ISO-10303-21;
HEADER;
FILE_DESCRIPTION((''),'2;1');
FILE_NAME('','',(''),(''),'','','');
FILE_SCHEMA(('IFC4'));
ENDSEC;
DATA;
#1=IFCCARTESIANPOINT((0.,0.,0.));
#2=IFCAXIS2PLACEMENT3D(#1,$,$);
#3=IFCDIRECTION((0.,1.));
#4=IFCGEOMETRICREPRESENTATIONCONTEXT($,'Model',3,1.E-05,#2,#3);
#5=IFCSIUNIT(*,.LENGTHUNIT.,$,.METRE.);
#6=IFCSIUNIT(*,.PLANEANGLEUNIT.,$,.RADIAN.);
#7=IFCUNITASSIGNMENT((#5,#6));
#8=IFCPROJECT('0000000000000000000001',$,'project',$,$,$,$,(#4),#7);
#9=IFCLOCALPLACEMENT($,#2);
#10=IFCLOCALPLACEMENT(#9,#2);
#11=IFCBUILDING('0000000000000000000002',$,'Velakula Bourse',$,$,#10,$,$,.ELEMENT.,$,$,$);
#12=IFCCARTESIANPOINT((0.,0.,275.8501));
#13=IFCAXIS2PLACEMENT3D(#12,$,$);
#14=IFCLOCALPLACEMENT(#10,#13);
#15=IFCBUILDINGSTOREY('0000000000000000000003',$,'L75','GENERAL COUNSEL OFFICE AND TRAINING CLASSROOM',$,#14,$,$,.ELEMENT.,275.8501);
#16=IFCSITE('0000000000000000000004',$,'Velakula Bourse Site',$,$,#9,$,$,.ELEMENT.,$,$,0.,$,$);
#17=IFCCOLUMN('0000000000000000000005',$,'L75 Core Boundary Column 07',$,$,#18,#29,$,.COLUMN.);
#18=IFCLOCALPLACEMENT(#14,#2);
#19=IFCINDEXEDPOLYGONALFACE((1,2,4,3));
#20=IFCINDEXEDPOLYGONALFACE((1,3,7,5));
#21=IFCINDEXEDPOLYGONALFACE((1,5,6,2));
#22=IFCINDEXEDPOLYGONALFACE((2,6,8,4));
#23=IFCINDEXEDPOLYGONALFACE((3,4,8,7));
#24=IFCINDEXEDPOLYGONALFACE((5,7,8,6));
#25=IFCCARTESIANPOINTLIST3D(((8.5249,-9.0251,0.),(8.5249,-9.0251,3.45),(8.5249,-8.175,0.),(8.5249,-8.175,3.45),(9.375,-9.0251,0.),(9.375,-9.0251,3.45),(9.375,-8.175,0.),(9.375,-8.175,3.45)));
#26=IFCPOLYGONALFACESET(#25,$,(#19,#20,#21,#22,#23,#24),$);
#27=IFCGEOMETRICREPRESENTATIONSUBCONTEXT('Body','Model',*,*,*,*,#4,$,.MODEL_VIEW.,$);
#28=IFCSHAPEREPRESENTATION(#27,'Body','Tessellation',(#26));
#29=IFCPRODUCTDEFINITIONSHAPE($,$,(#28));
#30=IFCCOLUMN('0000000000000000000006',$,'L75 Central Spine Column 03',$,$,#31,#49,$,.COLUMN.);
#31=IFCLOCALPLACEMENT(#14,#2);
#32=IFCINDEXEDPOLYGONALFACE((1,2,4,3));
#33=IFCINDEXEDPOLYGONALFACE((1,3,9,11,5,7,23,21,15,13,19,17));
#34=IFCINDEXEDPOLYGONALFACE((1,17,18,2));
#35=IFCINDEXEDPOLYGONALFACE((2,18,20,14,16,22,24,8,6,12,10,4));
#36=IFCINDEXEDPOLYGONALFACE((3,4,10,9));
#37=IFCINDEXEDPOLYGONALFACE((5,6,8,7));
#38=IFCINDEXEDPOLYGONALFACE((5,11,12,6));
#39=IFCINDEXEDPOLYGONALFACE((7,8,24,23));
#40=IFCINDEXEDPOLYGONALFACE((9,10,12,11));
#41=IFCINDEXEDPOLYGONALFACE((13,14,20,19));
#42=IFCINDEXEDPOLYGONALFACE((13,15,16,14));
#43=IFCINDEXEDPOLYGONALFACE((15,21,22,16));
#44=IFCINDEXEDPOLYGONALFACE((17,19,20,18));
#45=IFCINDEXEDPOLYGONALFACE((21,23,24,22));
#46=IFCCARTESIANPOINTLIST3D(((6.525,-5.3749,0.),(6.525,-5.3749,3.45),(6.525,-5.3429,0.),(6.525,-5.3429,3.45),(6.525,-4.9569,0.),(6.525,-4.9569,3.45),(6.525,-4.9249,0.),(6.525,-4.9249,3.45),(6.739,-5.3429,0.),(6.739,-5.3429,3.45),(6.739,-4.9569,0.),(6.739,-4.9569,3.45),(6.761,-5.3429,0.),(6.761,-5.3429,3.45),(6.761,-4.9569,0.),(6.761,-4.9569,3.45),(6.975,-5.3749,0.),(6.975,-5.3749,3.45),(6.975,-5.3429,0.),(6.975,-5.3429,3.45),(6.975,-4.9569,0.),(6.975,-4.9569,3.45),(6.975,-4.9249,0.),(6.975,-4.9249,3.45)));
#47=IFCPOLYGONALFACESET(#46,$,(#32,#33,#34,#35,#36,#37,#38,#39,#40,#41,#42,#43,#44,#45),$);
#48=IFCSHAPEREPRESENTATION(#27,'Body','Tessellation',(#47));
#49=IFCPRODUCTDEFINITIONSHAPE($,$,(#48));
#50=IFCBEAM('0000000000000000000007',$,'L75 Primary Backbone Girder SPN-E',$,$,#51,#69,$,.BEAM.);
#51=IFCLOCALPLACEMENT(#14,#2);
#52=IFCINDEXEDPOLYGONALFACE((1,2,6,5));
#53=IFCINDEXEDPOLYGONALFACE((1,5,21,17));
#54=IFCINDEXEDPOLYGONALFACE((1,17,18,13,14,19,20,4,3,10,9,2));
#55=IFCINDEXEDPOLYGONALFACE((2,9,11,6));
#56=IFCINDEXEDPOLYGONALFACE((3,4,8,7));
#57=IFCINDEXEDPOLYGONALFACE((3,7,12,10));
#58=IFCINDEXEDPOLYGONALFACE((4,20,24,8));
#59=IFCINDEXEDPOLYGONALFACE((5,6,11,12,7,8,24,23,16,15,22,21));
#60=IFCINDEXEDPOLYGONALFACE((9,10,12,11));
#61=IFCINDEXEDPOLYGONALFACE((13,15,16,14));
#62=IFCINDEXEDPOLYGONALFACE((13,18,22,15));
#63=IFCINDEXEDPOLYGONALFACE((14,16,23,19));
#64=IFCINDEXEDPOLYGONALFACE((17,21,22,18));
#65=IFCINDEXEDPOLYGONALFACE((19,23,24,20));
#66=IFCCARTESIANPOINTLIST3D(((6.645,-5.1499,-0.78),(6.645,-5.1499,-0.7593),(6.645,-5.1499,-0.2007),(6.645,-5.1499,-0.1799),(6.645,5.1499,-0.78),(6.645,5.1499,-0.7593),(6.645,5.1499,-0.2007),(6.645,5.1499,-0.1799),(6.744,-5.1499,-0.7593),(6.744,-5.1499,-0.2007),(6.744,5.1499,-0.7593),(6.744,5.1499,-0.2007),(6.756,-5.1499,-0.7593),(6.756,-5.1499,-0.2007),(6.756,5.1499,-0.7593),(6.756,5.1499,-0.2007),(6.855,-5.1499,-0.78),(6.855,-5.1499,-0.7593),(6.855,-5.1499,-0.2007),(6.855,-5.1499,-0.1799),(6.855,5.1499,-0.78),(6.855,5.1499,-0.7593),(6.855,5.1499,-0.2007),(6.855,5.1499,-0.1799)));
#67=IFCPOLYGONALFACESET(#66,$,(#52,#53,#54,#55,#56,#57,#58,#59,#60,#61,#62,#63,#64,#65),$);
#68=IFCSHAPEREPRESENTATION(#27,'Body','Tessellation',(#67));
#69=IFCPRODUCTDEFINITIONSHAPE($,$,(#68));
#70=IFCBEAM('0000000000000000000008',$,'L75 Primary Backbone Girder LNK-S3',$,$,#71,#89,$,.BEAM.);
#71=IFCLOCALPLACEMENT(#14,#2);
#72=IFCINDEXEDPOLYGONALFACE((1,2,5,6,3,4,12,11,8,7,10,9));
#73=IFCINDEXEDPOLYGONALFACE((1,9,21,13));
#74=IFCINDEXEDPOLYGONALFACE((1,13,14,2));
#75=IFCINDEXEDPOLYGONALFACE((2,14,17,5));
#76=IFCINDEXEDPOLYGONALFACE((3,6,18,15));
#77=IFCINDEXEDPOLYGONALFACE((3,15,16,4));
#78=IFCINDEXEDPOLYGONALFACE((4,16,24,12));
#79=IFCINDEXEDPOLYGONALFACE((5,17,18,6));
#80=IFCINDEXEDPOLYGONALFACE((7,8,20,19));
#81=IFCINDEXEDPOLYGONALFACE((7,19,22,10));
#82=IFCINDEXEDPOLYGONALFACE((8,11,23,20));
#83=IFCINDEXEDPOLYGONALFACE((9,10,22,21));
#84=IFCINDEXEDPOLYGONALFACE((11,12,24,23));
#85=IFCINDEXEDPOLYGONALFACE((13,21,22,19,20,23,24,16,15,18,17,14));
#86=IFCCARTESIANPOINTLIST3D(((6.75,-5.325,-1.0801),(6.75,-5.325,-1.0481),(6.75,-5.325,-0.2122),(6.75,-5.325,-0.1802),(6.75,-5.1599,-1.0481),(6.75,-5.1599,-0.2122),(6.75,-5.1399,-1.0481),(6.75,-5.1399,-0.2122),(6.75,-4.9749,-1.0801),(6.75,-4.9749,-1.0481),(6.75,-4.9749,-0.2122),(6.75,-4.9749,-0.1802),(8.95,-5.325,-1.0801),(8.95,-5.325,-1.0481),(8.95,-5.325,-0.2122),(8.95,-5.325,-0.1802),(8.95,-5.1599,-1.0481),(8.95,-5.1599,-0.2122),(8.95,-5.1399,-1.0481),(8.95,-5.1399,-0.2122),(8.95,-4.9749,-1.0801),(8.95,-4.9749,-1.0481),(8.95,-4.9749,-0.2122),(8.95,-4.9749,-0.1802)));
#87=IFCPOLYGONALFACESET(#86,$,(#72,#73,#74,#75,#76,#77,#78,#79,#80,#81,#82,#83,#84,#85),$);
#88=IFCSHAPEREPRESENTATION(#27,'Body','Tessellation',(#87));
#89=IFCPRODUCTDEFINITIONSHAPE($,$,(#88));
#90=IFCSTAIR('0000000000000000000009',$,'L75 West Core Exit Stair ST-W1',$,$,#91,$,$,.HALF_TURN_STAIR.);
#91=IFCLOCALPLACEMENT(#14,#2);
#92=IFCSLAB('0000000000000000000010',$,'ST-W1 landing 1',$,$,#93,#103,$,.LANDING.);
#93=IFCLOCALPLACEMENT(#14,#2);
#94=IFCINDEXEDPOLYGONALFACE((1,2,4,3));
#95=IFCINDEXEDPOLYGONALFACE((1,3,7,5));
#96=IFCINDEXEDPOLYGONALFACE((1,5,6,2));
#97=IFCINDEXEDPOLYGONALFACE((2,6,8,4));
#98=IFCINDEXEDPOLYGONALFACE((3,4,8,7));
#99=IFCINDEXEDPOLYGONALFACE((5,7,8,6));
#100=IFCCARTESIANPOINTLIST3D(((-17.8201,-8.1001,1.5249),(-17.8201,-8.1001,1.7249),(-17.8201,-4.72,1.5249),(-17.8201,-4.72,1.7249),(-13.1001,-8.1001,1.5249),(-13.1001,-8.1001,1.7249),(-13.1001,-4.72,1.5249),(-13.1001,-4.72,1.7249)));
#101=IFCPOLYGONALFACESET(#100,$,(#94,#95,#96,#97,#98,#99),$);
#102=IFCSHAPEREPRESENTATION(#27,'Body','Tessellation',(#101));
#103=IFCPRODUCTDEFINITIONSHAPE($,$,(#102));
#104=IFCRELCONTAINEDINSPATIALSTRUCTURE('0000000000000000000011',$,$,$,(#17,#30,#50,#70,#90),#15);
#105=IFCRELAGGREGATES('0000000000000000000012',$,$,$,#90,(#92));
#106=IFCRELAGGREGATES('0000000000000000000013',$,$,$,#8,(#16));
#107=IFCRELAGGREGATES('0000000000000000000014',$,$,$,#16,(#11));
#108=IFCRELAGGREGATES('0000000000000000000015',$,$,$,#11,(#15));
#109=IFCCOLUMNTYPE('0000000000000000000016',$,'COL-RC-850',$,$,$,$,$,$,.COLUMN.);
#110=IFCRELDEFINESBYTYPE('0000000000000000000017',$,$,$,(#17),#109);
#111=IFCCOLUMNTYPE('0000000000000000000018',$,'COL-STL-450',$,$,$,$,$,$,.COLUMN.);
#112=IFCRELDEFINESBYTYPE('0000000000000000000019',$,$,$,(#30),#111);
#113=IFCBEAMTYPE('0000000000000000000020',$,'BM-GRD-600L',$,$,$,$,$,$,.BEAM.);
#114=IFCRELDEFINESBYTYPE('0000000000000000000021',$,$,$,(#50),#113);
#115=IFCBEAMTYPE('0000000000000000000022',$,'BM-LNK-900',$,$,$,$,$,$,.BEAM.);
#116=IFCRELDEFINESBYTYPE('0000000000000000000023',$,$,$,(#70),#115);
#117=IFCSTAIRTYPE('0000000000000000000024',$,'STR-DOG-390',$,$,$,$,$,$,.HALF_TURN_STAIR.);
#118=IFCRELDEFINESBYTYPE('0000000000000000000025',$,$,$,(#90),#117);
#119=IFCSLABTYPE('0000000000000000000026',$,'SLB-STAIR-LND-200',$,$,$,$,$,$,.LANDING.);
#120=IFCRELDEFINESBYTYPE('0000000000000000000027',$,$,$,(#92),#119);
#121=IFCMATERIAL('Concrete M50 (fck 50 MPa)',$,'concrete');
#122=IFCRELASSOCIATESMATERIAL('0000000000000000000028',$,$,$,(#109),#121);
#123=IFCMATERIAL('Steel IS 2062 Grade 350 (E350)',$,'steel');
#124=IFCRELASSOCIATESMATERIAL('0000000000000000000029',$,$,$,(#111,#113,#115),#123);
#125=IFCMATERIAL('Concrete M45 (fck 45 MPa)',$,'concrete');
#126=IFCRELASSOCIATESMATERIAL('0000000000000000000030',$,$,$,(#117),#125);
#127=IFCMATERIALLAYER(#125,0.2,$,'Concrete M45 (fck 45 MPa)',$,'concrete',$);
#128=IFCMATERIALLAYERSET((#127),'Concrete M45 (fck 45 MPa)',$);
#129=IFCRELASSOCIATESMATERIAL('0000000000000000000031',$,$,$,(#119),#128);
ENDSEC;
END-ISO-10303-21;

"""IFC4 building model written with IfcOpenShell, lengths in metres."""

from ifc_helpers import new_model, si_unit, direction, frame, origin, origin_2d, place, context, subcontext, project, spatial, polyline, rectangle, i_section, outline, extrude, material, layer, layer_set, material_profile, profile_set, type_object, element, aggregate, save


model = new_model("IFC4")

# Units and contexts
model_context = context("Model", 3, precision=1e-05, world=origin(), true_north=direction((0.0, 1.0)))
body_context = subcontext(model_context, "Body", "Model", "MODEL_VIEW")
ifc_project = project(units=[si_unit("LENGTHUNIT", "METRE"), si_unit("PLANEANGLEUNIT", "RADIAN")], contexts=[model_context])

# Site, building, storey
site_placement = place(None, origin())
site = spatial("IfcSite", under=ifc_project, at=site_placement, Name="Velakula Bourse Site", CompositionType="ELEMENT", RefElevation=0.0)
building_placement = place(site_placement, origin())
building = spatial("IfcBuilding", under=site, at=building_placement, Name="Velakula Bourse", CompositionType="ELEMENT")
storey_placement = place(building_placement, frame((0.0, 0.0, 275.8501)))
storey = spatial("IfcBuildingStorey", under=building, at=storey_placement, Name="L75", Description="GENERAL COUNSEL OFFICE AND TRAINING CLASSROOM", CompositionType="ELEMENT", Elevation=275.8501)

# Columns
ifc_material_1 = material(Name="Concrete M50 (fck 50 MPa)", Category="concrete")
ifc_material_profile_1 = material_profile(ifc_material_1, rectangle(XDim=0.8501, YDim=0.8501, at=origin_2d()), Name="Concrete M50 (fck 50 MPa)")
ifc_profile_set_1 = profile_set([ifc_material_profile_1], Name="Concrete M50 (fck 50 MPa)")
column_type_1 = type_object("IfcColumnType", Name="COL-RC-850", PredefinedType="COLUMN", material=ifc_profile_set_1)
column_1_placement = place(storey_placement, frame((8.95, -8.6001, 0.0), z_axis=(0.0, 0.0, 1.0), x_axis=(1.0, 0.0, 0.0)))
element("IfcColumn", 1, at=column_1_placement, inside=storey, type_object=column_type_1, Name="L75 Core Boundary Column 07", PredefinedType="COLUMN", context=body_context, shape_type="SweptSolid", body=[
    extrude(rectangle(XDim=0.8501, YDim=0.8501, at=origin_2d()), origin(), (0.0, 0.0, 1.0), 3.45),
])
ifc_material_2 = material(Name="Steel IS 2062 Grade 350 (E350)", Category="steel")
ifc_material_profile_2 = material_profile(ifc_material_2, i_section(OverallWidth=0.45, OverallDepth=0.45, WebThickness=0.022, FlangeThickness=0.032, at=origin_2d()), Name="Steel IS 2062 Grade 350 (E350)")
ifc_profile_set_2 = profile_set([ifc_material_profile_2], Name="Steel IS 2062 Grade 350 (E350)")
column_type_2 = type_object("IfcColumnType", Name="COL-STL-450", PredefinedType="COLUMN", material=ifc_profile_set_2)
column_2_placement = place(storey_placement, frame((6.75, -5.1499, 0.0), z_axis=(0.0, 0.0, 1.0), x_axis=(1.0, 0.0, 0.0)))
element("IfcColumn", 2, at=column_2_placement, inside=storey, type_object=column_type_2, Name="L75 Central Spine Column 03", PredefinedType="COLUMN", context=body_context, shape_type="SweptSolid", body=[
    extrude(i_section(OverallWidth=0.45, OverallDepth=0.45, WebThickness=0.022, FlangeThickness=0.032, at=origin_2d()), origin(), (0.0, 0.0, 1.0), 3.45),
])

# Beams
ifc_material_profile_3 = material_profile(ifc_material_2, i_section(OverallWidth=0.21, OverallDepth=0.6001, WebThickness=0.012, FlangeThickness=0.0208, at=origin_2d()), Name="Steel IS 2062 Grade 350 (E350)")
ifc_profile_set_3 = profile_set([ifc_material_profile_3], Name="Steel IS 2062 Grade 350 (E350)")
beam_type_1 = type_object("IfcBeamType", Name="BM-GRD-600L", PredefinedType="BEAM", material=ifc_profile_set_3)
beam_1_placement = place(storey_placement, frame((6.75, -5.1499, -0.48), z_axis=(0.0, 1.0, 0.0), x_axis=(-1.0, 0.0, 0.0)))
element("IfcBeam", 3, at=beam_1_placement, inside=storey, type_object=beam_type_1, Name="L75 Primary Backbone Girder SPN-E", PredefinedType="BEAM", context=body_context, shape_type="SweptSolid", body=[
    extrude(i_section(OverallWidth=0.21, OverallDepth=0.6001, WebThickness=0.012, FlangeThickness=0.0208, at=origin_2d()), origin(), (0.0, 0.0, 1.0), 10.2998),
])
ifc_material_profile_4 = material_profile(ifc_material_2, i_section(OverallWidth=0.3501, OverallDepth=0.8999, WebThickness=0.02, FlangeThickness=0.032, at=origin_2d()), Name="Steel IS 2062 Grade 350 (E350)")
ifc_profile_set_4 = profile_set([ifc_material_profile_4], Name="Steel IS 2062 Grade 350 (E350)")
beam_type_2 = type_object("IfcBeamType", Name="BM-LNK-900", PredefinedType="BEAM", material=ifc_profile_set_4)
beam_2_placement = place(storey_placement, frame((6.75, -5.1499, -0.6301), z_axis=(1.0, 0.0, 0.0), x_axis=(0.0, 1.0, 0.0)))
element("IfcBeam", 4, at=beam_2_placement, inside=storey, type_object=beam_type_2, Name="L75 Primary Backbone Girder LNK-S3", PredefinedType="BEAM", context=body_context, shape_type="SweptSolid", body=[
    extrude(i_section(OverallWidth=0.3501, OverallDepth=0.8999, WebThickness=0.02, FlangeThickness=0.032, at=origin_2d()), origin(), (0.0, 0.0, 1.0), 2.2),
])

# Stair, slab
ifc_material_3 = material(Name="Concrete M45 (fck 45 MPa)", Category="concrete")
stair_type = type_object("IfcStairType", Name="STR-DOG-390", PredefinedType="HALF_TURN_STAIR", material=ifc_material_3)
stair_1_placement = place(storey_placement, origin())
stair_1 = element("IfcStair", 5, at=stair_1_placement, inside=storey, type_object=stair_type, Name="L75 West Core Exit Stair ST-W1", PredefinedType="HALF_TURN_STAIR")
ifc_layer_1 = layer(ifc_material_3, 0.2, Name="Concrete M45 (fck 45 MPa)", Category="concrete")
ifc_layer_set_1 = layer_set([ifc_layer_1], Name="Concrete M45 (fck 45 MPa)")
slab_type_1 = type_object("IfcSlabType", Name="SLB-STAIR-LND-200", PredefinedType="LANDING", material=ifc_layer_set_1)
slab_1_placement = place(storey_placement, frame((0.0, 0.0, 1.5249)))
slab_1 = element("IfcSlab", 6, at=slab_1_placement, type_object=slab_type_1, Name="ST-W1 landing 1", PredefinedType="LANDING", context=body_context, shape_type="SweptSolid", body=[
    extrude(outline(polyline([(-17.8201, -4.72), (-17.8201, -8.1001), (-13.1001, -8.1001), (-13.1001, -4.72), (-17.8201, -4.72)])), origin(), (0.0, 0.0, 1.0), 0.2),
])
aggregate(stair_1, [slab_1])

save(model, "model.ifc")
